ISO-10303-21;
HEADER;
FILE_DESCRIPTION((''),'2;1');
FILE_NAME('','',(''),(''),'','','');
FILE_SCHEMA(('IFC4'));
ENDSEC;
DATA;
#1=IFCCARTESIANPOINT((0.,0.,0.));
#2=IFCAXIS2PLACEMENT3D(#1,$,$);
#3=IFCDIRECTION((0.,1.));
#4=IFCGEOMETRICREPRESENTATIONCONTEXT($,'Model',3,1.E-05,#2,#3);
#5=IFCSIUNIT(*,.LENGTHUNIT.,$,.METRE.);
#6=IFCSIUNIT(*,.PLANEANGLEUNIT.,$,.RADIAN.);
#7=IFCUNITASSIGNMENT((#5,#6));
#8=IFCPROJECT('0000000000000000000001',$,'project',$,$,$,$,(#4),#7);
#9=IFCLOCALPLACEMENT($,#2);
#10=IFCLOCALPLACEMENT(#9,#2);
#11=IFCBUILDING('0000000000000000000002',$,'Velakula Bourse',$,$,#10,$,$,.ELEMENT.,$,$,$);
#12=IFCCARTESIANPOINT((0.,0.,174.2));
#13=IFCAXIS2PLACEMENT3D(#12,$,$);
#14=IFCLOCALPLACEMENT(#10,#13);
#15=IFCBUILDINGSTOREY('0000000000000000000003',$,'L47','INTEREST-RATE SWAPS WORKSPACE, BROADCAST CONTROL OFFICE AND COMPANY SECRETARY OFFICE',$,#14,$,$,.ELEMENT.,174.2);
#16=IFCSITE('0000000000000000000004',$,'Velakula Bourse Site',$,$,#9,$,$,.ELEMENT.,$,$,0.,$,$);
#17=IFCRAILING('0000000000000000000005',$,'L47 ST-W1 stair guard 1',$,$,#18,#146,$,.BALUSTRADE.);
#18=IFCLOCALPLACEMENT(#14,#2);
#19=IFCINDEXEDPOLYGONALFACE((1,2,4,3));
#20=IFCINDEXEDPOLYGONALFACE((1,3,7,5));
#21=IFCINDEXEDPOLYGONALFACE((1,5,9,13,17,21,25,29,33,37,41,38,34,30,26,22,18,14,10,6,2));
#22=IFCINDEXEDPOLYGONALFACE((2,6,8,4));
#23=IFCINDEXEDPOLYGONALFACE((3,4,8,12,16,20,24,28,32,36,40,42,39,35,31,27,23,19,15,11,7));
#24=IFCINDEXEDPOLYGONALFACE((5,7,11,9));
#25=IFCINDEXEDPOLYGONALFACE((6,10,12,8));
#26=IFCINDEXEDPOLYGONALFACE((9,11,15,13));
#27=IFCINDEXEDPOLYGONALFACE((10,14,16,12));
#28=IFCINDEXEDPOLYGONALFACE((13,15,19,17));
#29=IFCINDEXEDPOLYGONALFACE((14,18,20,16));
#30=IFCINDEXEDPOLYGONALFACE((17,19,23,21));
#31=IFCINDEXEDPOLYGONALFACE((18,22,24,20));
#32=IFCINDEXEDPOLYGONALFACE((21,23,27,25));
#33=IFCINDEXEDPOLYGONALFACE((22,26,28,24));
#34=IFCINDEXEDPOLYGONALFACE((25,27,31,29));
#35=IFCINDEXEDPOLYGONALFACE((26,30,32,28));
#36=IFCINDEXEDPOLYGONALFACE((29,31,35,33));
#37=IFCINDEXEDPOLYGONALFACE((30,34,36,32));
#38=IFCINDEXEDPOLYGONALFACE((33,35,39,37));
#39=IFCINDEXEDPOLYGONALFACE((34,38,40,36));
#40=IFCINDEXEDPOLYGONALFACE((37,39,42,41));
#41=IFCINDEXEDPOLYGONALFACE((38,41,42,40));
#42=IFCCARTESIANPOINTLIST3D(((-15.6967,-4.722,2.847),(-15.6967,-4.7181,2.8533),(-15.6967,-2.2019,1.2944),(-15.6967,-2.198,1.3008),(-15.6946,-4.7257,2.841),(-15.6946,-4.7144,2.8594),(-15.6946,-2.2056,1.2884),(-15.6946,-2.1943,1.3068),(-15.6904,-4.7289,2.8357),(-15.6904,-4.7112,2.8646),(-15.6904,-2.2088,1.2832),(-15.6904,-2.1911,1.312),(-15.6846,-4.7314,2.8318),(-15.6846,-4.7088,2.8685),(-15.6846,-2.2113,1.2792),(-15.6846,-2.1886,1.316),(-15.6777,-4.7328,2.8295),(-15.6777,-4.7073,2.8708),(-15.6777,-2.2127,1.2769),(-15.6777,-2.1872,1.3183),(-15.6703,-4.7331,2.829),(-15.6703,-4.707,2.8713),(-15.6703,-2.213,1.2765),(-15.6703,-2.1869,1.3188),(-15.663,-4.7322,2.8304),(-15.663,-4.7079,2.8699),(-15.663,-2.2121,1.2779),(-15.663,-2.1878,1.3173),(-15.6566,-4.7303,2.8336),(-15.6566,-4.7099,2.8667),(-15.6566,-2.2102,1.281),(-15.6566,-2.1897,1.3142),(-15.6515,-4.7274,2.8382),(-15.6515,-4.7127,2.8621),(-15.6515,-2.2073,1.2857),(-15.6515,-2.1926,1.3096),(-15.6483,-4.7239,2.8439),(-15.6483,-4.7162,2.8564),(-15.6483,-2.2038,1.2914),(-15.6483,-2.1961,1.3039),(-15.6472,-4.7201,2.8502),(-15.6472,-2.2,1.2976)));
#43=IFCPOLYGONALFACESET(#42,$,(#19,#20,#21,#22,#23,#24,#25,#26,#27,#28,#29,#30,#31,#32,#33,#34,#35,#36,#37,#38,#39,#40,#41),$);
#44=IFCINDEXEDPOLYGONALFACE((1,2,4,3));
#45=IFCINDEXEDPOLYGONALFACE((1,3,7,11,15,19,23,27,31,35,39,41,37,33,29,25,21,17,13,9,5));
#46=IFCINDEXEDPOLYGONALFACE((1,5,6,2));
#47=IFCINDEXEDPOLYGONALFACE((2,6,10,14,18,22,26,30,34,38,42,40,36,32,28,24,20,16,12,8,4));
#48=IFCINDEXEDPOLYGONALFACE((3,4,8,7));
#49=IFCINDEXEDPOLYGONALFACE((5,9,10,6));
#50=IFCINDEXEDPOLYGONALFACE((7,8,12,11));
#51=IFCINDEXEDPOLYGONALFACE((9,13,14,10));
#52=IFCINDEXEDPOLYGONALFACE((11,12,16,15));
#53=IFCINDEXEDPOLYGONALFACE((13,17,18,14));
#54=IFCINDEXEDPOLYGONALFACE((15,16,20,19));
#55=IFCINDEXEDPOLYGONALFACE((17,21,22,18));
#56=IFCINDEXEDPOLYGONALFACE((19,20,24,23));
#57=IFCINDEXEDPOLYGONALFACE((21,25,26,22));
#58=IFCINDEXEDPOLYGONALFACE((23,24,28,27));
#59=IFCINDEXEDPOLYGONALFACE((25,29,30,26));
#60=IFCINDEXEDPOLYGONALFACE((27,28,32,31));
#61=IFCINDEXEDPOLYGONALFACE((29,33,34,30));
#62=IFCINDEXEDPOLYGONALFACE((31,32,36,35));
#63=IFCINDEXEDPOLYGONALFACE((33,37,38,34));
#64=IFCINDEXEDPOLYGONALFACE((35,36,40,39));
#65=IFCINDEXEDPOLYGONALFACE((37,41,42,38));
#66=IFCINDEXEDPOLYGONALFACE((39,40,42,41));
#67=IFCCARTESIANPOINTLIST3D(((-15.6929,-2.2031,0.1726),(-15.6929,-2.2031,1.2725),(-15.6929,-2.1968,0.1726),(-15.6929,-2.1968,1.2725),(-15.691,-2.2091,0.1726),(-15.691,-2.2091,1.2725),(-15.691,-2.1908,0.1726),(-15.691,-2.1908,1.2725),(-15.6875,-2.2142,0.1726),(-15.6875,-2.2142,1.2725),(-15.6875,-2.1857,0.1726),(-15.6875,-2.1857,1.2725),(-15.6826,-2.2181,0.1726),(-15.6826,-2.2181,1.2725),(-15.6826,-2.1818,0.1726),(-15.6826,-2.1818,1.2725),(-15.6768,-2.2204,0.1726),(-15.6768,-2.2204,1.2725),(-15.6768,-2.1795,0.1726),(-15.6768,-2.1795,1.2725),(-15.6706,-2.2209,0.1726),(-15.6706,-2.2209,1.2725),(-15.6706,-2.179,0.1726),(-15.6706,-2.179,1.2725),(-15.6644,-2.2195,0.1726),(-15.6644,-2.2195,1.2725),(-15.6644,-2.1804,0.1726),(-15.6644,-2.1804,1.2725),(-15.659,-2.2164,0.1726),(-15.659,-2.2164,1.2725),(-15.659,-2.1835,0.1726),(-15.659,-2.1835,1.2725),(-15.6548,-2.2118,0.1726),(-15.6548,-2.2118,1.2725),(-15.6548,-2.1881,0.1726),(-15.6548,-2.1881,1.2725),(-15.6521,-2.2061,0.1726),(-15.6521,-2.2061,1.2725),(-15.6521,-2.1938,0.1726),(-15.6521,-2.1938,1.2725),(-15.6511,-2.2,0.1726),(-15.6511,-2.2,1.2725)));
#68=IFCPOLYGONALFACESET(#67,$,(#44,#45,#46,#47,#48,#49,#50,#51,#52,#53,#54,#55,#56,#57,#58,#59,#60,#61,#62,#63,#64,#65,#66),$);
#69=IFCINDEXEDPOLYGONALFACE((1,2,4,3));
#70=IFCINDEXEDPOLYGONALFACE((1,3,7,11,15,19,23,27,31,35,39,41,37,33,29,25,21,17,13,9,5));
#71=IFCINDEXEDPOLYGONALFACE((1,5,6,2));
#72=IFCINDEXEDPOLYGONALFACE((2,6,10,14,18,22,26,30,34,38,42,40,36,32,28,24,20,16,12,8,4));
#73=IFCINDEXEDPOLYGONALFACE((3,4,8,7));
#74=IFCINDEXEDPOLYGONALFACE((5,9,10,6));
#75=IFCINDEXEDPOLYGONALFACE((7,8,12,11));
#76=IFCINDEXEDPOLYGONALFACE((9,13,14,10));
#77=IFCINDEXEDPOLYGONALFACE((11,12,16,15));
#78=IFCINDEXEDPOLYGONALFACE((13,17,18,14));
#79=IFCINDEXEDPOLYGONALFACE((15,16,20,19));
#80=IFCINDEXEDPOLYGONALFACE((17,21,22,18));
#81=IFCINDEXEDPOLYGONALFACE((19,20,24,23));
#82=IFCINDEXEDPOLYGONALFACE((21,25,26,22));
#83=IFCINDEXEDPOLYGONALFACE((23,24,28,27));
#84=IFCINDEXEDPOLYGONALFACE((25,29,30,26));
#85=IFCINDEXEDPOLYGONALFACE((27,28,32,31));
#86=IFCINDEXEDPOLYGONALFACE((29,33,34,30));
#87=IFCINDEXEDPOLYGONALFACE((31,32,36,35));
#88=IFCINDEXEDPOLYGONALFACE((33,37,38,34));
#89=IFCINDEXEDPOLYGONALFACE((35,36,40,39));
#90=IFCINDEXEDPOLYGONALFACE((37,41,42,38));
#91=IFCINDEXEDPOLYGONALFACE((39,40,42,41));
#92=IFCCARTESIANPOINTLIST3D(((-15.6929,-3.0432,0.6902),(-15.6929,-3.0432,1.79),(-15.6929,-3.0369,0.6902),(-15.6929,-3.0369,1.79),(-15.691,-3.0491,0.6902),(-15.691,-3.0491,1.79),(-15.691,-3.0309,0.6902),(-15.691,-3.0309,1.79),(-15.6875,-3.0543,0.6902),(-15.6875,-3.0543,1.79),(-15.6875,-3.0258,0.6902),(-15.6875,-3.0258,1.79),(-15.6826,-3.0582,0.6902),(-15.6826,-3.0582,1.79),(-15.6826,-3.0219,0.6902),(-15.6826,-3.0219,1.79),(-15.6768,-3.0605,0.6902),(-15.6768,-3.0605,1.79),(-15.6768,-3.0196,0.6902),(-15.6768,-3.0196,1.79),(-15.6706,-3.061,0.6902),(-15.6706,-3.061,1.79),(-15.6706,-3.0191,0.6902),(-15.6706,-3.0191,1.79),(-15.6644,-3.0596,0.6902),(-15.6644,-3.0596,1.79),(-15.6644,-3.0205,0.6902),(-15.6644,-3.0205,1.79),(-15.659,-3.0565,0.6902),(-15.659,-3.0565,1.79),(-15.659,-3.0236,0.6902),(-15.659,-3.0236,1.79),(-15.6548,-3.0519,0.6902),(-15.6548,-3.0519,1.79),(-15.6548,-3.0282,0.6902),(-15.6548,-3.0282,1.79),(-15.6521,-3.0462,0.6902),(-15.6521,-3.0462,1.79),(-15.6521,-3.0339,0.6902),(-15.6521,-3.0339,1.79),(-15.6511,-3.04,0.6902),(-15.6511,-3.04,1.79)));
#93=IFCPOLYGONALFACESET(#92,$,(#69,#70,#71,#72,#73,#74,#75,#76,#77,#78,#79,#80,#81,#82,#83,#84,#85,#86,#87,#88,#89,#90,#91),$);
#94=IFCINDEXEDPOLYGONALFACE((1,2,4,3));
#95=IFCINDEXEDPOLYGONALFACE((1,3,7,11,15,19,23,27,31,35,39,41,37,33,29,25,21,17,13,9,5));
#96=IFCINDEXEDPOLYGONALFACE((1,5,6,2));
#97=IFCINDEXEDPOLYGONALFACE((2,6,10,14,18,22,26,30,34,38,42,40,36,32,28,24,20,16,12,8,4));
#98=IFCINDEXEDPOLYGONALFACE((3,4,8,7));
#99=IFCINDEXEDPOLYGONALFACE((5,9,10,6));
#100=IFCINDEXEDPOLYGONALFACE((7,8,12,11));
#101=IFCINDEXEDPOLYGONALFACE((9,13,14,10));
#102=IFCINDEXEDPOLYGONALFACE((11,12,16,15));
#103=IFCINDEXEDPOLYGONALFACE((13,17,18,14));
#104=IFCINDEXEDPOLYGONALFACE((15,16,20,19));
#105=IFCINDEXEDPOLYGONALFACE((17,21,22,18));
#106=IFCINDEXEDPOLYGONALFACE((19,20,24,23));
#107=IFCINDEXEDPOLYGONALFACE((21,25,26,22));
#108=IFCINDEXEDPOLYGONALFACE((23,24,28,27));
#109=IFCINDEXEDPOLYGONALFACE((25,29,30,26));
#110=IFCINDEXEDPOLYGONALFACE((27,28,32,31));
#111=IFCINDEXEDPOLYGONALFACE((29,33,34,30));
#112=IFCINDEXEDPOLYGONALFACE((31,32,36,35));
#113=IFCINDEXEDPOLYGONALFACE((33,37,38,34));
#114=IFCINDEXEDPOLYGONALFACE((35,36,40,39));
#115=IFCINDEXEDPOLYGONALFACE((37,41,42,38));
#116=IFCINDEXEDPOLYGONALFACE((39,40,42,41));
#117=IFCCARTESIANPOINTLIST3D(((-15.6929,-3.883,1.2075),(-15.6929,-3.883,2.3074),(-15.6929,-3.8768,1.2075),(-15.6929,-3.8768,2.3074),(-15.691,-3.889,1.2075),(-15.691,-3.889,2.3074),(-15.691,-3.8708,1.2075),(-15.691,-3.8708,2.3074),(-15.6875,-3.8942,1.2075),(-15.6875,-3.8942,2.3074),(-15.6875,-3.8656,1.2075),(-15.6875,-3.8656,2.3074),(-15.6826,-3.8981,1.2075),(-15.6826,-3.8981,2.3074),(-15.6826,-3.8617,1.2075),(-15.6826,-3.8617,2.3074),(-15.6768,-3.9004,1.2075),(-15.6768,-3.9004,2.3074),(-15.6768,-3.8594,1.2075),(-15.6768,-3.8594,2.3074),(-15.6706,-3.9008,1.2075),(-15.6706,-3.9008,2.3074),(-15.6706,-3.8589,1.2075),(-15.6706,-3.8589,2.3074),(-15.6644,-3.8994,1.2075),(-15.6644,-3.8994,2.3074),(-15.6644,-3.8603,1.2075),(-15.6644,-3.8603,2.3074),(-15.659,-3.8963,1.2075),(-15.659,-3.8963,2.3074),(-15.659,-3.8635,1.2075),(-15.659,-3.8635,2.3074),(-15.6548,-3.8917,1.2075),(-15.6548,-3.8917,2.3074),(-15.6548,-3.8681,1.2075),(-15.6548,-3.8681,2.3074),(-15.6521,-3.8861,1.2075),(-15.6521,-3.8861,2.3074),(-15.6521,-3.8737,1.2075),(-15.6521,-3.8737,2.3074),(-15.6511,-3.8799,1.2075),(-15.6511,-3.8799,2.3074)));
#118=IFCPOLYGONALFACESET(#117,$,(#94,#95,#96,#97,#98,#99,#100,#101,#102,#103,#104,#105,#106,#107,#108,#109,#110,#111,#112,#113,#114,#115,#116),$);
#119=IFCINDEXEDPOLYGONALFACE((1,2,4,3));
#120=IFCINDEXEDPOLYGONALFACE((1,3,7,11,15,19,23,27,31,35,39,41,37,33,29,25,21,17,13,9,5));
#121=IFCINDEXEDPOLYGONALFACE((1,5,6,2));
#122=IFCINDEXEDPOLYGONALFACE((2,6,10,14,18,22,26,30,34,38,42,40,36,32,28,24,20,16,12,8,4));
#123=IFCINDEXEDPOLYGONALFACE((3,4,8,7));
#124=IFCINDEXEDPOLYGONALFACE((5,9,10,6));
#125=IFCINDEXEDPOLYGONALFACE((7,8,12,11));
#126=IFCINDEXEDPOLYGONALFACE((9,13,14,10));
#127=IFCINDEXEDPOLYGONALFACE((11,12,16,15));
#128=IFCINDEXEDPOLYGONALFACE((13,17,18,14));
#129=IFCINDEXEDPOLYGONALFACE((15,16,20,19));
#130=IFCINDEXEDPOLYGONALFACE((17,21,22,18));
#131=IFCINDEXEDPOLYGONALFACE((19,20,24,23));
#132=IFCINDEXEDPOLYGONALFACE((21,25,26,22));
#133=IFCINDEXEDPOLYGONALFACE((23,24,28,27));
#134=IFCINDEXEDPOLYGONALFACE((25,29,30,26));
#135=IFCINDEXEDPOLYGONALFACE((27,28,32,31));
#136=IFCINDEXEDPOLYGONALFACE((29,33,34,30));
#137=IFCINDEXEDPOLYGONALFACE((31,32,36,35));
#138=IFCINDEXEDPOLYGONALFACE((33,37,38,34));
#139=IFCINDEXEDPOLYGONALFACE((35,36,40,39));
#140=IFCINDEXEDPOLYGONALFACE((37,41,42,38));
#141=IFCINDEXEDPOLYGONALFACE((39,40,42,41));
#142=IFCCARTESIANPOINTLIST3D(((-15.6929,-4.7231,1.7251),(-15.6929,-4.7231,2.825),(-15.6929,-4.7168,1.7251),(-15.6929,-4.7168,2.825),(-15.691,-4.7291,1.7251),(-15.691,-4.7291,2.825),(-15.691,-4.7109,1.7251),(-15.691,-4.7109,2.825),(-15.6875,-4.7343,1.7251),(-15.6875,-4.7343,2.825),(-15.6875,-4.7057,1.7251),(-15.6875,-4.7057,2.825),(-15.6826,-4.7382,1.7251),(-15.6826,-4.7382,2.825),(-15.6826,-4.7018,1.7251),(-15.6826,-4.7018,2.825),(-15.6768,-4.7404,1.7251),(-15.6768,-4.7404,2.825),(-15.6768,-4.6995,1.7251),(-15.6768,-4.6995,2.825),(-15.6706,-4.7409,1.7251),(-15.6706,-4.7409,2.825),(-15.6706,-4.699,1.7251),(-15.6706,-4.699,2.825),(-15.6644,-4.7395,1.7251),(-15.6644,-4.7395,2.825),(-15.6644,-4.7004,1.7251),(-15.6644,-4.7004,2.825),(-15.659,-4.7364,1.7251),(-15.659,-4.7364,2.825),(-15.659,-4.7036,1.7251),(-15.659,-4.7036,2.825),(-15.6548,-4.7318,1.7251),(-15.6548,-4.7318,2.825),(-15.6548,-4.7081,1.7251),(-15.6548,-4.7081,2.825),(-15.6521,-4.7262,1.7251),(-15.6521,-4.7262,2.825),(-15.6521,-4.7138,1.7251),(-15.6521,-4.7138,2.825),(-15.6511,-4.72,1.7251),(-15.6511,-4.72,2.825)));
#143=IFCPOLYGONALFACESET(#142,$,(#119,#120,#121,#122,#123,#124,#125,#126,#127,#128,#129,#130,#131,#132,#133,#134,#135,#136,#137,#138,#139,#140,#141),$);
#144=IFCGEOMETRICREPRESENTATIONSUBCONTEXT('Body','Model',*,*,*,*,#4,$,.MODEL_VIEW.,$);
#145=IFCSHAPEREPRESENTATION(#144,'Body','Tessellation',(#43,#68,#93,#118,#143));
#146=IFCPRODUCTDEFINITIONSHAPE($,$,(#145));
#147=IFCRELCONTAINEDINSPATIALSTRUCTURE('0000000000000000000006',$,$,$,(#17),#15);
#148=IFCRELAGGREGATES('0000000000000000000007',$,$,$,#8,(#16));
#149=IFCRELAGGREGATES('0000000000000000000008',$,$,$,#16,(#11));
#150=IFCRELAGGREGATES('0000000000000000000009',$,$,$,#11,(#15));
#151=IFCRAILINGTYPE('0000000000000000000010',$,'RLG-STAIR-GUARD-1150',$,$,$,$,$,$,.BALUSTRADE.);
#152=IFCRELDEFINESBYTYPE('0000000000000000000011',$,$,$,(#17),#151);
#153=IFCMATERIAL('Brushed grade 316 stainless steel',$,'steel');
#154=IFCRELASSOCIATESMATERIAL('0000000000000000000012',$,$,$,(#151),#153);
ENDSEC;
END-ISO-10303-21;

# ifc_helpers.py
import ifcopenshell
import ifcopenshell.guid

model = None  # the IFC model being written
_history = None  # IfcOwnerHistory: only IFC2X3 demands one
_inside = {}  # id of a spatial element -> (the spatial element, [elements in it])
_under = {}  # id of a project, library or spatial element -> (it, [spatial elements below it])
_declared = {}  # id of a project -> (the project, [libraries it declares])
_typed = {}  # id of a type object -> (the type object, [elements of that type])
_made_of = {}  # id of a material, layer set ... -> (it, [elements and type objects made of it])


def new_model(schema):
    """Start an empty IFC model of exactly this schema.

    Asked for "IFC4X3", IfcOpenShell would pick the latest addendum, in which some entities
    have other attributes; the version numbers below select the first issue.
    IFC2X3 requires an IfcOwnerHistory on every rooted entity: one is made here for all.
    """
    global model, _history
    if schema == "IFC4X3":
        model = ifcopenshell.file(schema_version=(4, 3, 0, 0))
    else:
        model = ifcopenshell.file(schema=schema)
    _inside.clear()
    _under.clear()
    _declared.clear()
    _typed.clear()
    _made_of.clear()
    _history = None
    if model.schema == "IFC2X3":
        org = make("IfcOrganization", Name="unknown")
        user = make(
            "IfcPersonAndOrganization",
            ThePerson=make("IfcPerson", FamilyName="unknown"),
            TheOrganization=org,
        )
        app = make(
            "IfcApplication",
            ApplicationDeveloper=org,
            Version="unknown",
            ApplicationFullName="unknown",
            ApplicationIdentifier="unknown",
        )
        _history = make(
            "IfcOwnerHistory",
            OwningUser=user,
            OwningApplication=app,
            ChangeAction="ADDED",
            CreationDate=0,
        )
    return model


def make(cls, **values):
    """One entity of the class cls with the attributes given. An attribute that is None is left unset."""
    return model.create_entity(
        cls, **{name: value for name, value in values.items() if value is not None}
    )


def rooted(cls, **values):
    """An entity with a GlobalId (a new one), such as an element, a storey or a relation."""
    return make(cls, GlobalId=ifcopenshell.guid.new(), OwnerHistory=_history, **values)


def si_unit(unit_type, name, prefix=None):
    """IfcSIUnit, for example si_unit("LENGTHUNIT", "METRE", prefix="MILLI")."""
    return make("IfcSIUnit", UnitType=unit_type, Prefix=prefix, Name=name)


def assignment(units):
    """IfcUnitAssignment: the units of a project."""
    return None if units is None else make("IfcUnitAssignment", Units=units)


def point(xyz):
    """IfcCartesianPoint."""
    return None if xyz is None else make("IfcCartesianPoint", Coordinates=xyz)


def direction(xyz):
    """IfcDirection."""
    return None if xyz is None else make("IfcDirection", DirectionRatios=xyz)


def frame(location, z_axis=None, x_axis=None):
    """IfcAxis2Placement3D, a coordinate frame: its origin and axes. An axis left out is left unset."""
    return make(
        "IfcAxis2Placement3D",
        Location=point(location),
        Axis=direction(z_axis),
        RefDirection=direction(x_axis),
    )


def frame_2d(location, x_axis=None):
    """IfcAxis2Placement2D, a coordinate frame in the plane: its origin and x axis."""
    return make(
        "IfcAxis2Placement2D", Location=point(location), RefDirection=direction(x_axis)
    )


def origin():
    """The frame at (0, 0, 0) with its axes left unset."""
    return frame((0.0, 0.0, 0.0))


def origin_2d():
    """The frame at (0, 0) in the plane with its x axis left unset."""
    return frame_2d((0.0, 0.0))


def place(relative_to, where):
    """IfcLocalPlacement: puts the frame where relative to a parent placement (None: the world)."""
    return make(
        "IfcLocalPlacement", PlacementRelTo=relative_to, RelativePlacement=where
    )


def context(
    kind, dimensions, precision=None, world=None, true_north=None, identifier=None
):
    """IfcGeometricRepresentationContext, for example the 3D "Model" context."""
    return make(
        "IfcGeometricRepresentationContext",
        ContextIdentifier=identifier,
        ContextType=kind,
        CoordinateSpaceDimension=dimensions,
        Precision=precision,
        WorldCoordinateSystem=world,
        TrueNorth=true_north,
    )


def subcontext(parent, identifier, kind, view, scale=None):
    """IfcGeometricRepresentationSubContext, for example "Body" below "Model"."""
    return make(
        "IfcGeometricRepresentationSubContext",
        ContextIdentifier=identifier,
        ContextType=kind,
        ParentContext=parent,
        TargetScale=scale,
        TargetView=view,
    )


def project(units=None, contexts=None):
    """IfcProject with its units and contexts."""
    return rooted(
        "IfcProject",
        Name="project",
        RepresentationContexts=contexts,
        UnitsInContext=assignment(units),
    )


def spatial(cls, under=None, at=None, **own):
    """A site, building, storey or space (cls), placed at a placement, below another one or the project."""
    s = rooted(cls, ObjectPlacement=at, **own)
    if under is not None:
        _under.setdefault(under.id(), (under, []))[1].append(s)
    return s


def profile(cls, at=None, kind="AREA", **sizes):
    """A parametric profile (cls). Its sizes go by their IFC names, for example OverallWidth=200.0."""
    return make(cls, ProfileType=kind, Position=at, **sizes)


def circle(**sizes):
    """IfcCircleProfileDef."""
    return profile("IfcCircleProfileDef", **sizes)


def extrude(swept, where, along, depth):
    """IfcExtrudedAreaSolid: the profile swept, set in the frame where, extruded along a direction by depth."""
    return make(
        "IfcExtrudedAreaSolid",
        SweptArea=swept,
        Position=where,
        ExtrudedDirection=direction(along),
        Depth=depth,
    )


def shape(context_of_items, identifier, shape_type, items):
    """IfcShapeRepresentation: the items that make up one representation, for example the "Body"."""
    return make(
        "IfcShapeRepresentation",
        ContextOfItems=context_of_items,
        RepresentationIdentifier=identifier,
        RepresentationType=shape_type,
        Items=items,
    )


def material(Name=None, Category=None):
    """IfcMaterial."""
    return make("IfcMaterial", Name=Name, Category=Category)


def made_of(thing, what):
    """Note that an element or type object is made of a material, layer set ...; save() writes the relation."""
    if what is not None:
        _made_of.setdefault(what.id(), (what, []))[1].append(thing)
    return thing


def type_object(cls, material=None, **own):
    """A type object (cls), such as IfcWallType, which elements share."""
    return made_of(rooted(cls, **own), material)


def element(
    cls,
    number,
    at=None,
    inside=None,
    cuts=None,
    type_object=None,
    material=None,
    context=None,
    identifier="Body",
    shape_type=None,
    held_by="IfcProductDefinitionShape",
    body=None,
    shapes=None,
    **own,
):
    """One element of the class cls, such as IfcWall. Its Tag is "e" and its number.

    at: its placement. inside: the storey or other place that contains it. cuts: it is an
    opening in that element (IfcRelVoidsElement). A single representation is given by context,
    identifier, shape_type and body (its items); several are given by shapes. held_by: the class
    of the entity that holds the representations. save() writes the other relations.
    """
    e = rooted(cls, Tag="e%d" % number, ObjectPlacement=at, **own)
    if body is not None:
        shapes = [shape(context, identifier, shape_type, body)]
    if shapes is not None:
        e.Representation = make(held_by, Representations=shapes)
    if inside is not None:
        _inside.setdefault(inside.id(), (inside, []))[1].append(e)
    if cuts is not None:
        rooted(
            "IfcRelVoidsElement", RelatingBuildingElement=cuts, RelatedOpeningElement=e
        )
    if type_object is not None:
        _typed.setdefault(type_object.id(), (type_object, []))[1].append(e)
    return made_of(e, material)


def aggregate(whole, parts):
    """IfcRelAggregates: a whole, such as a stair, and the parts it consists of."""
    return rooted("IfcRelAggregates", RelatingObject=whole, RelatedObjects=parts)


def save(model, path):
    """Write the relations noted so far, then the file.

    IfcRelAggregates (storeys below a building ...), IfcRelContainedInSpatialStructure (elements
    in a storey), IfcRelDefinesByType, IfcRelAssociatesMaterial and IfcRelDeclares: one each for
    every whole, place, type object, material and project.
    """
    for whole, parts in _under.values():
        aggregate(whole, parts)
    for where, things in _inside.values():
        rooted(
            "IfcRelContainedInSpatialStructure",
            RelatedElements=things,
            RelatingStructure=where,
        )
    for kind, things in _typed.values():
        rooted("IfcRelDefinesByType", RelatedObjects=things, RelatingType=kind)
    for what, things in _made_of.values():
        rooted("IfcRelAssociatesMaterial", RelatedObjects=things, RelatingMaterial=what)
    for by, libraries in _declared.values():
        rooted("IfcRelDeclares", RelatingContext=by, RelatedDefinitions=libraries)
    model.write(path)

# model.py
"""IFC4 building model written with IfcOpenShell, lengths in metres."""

from ifc_helpers import new_model, si_unit, direction, frame, origin, origin_2d, place, context, subcontext, project, spatial, circle, extrude, material, type_object, element, save


model = new_model("IFC4")

# Units and contexts
model_context = context("Model", 3, precision=1e-05, world=origin(), true_north=direction((0.0, 1.0)))
body_context = subcontext(model_context, "Body", "Model", "MODEL_VIEW")
ifc_project = project(units=[si_unit("LENGTHUNIT", "METRE"), si_unit("PLANEANGLEUNIT", "RADIAN")], contexts=[model_context])

# Site, building, storey
site_placement = place(None, origin())
site = spatial("IfcSite", under=ifc_project, at=site_placement, Name="Velakula Bourse Site", CompositionType="ELEMENT", RefElevation=0.0)
building_placement = place(site_placement, origin())
building = spatial("IfcBuilding", under=site, at=building_placement, Name="Velakula Bourse", CompositionType="ELEMENT")
storey_placement = place(building_placement, frame((0.0, 0.0, 174.2)))
storey = spatial("IfcBuildingStorey", under=building, at=storey_placement, Name="L47", Description="INTEREST-RATE SWAPS WORKSPACE, BROADCAST CONTROL OFFICE AND COMPANY SECRETARY OFFICE", CompositionType="ELEMENT", Elevation=174.2)

# Shared definitions
ifc_material_1 = material(Name="Brushed grade 316 stainless steel", Category="steel")

# Railing
railing_type_1 = type_object("IfcRailingType", Name="RLG-STAIR-GUARD-1150", PredefinedType="BALUSTRADE", material=ifc_material_1)
railing_1_placement = place(storey_placement, frame((-15.6721, -2.2, 0.1726)))
element("IfcRailing", 1, at=railing_1_placement, inside=storey, type_object=railing_type_1, Name="L47 ST-W1 stair guard 1", PredefinedType="BALUSTRADE", context=body_context, shape_type="SweptSolid", body=[
    extrude(circle(Radius=0.0249, at=origin_2d()), frame((0.0, 0.0, 1.125), z_axis=(0.0, -0.8514, 0.524516), x_axis=(1.0, 0.0, 0.0)), (0.0, 0.0, 1.0), 2.96),
    extrude(circle(Radius=0.021, at=origin_2d()), origin(), (0.0, 0.0, 1.0), 1.0999),
    extrude(circle(Radius=0.021, at=origin_2d()), frame((0.0, -0.8401, 0.5176)), (0.0, 0.0, 1.0), 1.0999),
    extrude(circle(Radius=0.021, at=origin_2d()), frame((0.0, -1.6799, 1.0349)), (0.0, 0.0, 1.0), 1.0999),
    extrude(circle(Radius=0.021, at=origin_2d()), frame((0.0, -2.52, 1.5525)), (0.0, 0.0, 1.0), 1.0999),
])

save(model, "model.ifc")
